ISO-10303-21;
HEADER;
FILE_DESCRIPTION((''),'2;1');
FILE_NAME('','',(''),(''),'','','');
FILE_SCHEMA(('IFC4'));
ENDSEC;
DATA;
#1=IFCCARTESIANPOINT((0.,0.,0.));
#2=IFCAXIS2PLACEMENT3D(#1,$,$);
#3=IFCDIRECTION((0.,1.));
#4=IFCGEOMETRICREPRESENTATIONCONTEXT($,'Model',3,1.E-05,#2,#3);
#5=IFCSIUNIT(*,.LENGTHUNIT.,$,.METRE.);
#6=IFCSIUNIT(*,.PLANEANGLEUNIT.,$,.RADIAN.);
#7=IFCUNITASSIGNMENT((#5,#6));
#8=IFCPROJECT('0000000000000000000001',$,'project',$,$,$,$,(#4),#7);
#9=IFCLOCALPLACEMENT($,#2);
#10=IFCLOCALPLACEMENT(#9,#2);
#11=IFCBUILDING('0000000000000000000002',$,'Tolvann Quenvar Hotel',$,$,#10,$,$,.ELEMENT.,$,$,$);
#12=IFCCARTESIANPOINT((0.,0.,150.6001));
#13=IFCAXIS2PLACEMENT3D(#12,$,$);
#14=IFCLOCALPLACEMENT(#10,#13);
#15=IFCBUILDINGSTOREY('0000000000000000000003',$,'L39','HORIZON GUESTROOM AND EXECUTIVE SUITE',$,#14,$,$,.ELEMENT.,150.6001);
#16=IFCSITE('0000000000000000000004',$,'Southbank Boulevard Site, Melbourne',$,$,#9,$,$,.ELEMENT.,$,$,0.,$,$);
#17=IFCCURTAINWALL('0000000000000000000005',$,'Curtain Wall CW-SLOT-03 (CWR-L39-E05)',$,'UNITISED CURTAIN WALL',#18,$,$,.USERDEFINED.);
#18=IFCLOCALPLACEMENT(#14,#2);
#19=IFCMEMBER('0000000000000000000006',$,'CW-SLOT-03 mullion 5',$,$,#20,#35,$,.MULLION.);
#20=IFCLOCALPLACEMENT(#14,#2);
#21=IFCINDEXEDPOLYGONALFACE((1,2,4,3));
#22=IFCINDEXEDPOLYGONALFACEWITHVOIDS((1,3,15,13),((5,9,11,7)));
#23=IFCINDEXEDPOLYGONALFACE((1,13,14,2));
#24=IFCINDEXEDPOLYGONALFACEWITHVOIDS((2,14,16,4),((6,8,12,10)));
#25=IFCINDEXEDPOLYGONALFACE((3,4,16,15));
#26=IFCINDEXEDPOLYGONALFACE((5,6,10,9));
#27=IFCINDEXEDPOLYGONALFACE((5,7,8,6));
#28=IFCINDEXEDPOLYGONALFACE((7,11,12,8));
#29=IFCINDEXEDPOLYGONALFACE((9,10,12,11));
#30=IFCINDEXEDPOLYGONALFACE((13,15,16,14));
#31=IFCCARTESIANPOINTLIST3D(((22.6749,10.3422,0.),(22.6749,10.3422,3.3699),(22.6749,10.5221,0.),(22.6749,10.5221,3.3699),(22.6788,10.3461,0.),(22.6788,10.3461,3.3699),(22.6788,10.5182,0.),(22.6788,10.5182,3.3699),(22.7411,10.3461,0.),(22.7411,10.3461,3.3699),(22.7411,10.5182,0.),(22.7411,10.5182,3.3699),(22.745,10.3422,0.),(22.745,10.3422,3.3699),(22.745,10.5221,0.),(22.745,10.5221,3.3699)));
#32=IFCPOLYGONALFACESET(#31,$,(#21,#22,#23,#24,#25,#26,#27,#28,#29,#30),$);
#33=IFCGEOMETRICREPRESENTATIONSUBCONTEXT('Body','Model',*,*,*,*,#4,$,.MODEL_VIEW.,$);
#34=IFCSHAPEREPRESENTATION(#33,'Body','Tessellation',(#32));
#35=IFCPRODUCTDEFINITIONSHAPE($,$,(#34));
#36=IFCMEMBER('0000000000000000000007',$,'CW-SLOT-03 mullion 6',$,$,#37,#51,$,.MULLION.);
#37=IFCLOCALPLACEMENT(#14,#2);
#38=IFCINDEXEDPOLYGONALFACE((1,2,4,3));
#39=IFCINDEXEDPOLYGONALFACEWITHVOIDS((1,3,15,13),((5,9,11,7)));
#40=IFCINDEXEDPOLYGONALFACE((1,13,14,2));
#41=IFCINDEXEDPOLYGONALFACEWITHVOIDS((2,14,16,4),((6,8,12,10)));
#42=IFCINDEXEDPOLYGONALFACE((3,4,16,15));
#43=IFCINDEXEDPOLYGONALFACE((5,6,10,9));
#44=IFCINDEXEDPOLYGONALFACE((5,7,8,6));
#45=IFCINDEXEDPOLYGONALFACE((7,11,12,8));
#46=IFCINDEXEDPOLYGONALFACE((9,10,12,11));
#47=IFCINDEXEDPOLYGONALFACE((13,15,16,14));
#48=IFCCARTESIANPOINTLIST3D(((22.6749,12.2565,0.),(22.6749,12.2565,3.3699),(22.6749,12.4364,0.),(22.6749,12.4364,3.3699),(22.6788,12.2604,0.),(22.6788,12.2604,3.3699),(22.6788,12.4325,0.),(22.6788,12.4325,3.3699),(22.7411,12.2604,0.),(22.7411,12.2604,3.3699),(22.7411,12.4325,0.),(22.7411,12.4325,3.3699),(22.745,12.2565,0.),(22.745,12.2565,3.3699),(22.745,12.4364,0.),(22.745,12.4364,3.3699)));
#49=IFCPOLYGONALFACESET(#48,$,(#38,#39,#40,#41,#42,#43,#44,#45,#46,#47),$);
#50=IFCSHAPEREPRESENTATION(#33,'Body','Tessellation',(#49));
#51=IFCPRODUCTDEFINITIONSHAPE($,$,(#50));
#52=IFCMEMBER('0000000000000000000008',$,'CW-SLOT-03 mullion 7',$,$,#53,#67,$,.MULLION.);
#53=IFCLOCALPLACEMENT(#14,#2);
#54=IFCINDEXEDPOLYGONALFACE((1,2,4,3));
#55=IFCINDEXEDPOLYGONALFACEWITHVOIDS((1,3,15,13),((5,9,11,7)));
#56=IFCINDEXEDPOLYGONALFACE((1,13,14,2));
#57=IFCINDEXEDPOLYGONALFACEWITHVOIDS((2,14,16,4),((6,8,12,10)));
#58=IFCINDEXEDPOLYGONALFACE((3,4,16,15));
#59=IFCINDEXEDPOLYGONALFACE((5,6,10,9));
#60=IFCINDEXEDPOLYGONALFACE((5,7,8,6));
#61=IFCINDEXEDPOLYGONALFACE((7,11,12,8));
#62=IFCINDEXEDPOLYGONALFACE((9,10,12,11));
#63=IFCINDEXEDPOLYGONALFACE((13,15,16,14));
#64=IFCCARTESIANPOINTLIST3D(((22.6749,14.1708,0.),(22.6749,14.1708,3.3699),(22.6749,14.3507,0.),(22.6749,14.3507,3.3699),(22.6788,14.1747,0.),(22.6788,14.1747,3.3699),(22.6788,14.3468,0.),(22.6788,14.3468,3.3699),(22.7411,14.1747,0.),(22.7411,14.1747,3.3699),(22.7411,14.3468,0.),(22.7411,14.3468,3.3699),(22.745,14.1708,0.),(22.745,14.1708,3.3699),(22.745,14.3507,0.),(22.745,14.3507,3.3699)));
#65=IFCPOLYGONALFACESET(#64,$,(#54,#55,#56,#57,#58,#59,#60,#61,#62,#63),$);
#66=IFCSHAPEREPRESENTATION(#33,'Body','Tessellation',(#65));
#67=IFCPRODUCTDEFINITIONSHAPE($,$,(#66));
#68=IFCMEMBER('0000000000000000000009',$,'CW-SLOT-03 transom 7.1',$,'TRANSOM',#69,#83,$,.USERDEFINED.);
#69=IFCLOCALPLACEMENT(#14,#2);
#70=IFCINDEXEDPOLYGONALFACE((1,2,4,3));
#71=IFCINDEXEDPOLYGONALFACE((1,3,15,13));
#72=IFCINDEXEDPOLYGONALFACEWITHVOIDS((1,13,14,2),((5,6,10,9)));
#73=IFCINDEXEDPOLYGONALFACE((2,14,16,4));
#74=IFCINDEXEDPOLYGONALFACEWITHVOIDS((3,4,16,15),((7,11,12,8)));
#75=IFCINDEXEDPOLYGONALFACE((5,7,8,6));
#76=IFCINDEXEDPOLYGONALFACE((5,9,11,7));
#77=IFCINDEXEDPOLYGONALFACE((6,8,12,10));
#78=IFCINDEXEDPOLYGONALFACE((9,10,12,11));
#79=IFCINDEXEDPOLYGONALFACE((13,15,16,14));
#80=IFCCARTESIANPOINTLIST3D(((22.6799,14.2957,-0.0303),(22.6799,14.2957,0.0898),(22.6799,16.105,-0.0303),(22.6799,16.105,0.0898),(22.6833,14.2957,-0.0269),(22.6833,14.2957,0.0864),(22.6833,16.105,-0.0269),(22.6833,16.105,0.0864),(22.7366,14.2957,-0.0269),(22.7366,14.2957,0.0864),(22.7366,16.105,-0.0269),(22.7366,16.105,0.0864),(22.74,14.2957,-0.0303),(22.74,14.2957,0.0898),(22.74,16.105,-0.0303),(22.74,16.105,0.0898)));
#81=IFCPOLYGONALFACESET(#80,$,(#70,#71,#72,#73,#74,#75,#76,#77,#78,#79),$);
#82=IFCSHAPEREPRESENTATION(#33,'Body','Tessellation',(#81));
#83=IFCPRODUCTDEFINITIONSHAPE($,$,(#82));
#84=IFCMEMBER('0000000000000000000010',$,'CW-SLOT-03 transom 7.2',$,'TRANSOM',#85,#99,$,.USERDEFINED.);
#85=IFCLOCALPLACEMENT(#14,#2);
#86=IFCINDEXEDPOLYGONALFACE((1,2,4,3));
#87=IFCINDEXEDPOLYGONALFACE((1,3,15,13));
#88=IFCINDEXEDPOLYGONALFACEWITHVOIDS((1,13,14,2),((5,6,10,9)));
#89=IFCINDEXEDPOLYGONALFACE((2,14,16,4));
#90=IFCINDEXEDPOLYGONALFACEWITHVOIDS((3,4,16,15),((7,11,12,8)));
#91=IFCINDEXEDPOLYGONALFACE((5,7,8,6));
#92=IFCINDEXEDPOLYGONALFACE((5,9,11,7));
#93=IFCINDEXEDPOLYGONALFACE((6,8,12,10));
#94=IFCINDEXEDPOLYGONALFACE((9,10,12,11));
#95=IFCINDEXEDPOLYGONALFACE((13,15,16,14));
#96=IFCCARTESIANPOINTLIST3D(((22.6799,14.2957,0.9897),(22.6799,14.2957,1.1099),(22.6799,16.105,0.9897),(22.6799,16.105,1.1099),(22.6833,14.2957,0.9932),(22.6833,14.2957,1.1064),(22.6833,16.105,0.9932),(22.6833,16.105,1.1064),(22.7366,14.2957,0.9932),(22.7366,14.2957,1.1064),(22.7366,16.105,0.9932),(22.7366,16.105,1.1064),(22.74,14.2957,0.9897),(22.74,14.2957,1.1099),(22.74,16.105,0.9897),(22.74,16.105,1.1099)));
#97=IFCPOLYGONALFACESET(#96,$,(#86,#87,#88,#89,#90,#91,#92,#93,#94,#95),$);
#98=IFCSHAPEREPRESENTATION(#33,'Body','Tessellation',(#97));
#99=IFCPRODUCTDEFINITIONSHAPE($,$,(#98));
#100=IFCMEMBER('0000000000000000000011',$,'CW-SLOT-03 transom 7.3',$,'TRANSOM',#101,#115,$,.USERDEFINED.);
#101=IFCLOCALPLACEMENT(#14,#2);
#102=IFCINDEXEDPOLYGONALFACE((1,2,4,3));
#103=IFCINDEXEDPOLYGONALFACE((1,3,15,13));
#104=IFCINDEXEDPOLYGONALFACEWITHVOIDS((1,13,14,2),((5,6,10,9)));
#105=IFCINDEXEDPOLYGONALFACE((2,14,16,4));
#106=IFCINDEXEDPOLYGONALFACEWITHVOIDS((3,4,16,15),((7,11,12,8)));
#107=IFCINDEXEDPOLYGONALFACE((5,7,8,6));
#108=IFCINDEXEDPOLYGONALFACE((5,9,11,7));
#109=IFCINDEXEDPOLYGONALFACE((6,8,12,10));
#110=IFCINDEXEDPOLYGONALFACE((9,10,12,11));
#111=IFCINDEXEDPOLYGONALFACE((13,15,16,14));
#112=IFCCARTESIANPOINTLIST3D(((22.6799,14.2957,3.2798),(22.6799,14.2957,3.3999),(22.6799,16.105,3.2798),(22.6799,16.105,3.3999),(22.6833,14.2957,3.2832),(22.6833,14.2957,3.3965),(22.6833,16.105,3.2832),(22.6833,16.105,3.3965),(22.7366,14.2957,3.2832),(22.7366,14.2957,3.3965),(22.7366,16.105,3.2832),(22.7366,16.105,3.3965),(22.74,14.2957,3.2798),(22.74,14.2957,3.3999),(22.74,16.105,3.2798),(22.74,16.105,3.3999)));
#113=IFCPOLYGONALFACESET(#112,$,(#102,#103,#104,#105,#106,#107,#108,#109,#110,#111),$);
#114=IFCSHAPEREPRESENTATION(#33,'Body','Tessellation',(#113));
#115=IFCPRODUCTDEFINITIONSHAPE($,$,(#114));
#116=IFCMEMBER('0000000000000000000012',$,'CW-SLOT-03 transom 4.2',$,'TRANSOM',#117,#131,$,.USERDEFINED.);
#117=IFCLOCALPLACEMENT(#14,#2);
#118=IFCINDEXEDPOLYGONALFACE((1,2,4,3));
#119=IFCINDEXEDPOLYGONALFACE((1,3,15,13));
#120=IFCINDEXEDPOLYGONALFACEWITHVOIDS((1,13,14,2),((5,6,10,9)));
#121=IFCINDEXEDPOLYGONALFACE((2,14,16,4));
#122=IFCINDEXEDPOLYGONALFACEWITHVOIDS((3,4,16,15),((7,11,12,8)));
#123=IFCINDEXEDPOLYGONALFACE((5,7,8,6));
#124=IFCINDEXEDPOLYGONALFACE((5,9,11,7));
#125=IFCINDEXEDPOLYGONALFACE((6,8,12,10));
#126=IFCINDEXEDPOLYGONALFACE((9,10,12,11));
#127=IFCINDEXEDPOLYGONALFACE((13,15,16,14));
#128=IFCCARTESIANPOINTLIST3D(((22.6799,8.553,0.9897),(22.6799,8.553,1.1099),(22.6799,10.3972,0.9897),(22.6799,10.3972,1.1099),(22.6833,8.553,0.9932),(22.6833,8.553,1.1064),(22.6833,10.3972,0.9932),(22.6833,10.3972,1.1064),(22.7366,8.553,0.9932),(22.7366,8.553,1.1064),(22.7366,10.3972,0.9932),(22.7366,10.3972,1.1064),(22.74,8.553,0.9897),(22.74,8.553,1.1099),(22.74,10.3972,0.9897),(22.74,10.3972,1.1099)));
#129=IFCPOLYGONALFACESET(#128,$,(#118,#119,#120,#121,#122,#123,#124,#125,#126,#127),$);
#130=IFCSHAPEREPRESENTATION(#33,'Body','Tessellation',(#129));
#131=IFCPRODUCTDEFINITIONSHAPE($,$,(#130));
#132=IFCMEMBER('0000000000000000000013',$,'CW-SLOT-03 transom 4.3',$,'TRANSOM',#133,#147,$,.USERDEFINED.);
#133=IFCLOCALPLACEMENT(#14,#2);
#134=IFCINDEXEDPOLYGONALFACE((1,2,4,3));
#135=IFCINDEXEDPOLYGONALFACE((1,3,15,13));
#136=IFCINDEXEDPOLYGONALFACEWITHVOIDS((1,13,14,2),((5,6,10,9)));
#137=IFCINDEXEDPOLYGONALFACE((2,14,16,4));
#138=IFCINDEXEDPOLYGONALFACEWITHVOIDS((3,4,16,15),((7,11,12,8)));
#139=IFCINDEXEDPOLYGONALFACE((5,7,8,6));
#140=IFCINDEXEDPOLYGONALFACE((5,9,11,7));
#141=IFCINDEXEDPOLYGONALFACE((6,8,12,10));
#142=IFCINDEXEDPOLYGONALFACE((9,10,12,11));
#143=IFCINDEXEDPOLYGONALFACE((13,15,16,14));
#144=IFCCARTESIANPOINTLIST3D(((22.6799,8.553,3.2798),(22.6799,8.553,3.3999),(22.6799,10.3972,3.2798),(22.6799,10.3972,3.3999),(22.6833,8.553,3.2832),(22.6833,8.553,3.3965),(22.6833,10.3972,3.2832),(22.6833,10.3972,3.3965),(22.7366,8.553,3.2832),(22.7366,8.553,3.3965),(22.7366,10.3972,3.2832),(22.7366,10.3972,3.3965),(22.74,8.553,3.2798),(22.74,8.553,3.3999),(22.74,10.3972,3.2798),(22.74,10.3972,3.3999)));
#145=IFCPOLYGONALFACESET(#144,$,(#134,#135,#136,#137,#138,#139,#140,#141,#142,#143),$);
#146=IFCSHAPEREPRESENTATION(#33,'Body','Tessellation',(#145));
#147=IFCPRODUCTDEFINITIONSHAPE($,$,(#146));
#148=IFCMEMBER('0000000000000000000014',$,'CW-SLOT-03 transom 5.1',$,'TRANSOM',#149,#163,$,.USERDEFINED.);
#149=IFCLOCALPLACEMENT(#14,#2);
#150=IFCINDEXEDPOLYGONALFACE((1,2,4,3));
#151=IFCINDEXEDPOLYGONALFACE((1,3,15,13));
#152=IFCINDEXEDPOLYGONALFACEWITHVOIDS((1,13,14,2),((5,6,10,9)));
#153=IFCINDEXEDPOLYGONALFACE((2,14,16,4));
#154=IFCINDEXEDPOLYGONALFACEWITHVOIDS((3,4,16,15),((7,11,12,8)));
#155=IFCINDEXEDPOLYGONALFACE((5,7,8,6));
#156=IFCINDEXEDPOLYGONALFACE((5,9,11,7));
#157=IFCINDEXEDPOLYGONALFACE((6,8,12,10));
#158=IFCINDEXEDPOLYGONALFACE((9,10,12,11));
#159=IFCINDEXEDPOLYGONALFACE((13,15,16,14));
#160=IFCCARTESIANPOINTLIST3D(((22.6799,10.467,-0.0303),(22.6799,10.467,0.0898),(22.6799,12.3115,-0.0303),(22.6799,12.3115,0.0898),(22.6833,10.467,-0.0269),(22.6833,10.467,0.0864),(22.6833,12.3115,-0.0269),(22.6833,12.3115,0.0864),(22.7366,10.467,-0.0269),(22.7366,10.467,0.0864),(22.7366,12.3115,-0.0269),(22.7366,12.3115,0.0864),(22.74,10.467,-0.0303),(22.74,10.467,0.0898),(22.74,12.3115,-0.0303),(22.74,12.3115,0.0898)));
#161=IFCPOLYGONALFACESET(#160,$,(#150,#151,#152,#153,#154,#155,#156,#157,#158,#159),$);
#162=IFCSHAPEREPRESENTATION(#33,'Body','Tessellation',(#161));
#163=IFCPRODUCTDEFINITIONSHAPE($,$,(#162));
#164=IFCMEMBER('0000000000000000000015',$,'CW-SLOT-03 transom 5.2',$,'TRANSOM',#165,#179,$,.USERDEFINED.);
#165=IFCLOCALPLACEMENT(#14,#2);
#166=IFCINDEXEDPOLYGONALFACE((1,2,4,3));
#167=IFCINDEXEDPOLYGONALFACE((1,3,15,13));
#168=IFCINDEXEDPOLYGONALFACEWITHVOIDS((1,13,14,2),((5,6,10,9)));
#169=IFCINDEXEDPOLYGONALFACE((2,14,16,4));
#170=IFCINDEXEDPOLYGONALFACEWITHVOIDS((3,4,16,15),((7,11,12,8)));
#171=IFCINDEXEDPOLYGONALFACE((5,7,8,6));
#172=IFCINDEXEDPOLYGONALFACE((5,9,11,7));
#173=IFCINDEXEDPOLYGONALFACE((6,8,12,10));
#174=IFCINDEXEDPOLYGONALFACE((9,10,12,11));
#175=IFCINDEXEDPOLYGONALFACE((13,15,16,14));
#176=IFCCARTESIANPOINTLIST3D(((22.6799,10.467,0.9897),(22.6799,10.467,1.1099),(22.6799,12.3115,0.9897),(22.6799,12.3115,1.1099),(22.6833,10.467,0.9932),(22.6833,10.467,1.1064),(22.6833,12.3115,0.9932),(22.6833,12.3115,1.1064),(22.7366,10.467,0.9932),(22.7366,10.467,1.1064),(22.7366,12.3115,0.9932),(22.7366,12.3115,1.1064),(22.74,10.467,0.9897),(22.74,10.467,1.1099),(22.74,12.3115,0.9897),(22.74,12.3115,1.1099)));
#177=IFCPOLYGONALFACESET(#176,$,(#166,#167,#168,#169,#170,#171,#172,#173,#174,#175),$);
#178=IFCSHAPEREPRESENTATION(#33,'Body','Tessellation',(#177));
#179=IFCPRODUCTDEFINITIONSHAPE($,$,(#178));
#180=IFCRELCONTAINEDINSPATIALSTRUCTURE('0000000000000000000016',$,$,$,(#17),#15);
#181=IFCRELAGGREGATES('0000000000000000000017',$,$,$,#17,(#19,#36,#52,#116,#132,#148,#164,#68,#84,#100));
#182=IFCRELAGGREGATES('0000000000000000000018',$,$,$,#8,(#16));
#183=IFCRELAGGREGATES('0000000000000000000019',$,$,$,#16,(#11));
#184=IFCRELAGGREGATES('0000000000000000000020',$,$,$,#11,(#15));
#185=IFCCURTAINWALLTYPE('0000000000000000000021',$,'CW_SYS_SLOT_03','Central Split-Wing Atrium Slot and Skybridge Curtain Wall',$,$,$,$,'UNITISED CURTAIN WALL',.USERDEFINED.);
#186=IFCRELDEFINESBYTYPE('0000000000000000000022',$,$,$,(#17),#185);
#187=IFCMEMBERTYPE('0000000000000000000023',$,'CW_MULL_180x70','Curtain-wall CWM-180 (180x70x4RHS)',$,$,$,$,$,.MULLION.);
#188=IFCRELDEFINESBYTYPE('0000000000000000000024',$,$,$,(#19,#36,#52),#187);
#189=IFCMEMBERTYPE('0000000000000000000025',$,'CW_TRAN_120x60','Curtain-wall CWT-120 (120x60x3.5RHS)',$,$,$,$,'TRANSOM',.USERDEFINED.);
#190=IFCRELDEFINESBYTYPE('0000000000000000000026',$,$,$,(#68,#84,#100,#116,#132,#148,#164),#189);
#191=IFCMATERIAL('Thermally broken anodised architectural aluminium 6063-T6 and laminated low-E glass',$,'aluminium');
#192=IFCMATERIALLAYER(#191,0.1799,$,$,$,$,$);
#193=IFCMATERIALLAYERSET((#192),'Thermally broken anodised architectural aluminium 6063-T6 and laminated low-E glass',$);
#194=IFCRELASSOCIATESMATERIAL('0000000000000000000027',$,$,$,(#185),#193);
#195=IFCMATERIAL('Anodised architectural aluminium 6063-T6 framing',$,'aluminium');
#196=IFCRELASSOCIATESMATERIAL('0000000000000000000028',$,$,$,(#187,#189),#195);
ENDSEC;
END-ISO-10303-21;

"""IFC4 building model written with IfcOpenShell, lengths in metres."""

from ifc_helpers import new_model, si_unit, direction, frame, origin, origin_2d, place, context, subcontext, project, spatial, hollow_rectangle, extrude, source, transform, mapped, material, layer, layer_set, material_profile, profile_set, type_object, type_shapes, element, aggregate, save


model = new_model("IFC4")

# Units and contexts
model_context = context("Model", 3, precision=1e-05, world=origin(), true_north=direction((0.0, 1.0)))
body_context = subcontext(model_context, "Body", "Model", "MODEL_VIEW")
ifc_project = project(units=[si_unit("LENGTHUNIT", "METRE"), si_unit("PLANEANGLEUNIT", "RADIAN")], contexts=[model_context])

# Site, building, storey
site_placement = place(None, origin())
site = spatial("IfcSite", under=ifc_project, at=site_placement, Name="Southbank Boulevard Site, Melbourne", CompositionType="ELEMENT", RefElevation=0.0)
building_placement = place(site_placement, origin())
building = spatial("IfcBuilding", under=site, at=building_placement, Name="Tolvann Quenvar Hotel", CompositionType="ELEMENT")
storey_placement = place(building_placement, frame((0.0, 0.0, 150.6001)))
storey = spatial("IfcBuildingStorey", under=building, at=storey_placement, Name="L39", Description="HORIZON GUESTROOM AND EXECUTIVE SUITE", CompositionType="ELEMENT", Elevation=150.6001)

# Curtain wall, members
ifc_material_1 = material(Name="Thermally broken anodised architectural aluminium 6063-T6 and laminated low-E glass", Category="aluminium")
ifc_layer_1 = layer(ifc_material_1, 0.1799)
ifc_layer_set_1 = layer_set([ifc_layer_1], Name="Thermally broken anodised architectural aluminium 6063-T6 and laminated low-E glass")
curtain_wall_type = type_object("IfcCurtainWallType", Name="CW_SYS_SLOT_03", Description="Central Split-Wing Atrium Slot and Skybridge Curtain Wall", ElementType="UNITISED CURTAIN WALL", PredefinedType="USERDEFINED", material=ifc_layer_set_1)
curtain_wall_placement = place(storey_placement, origin())
curtain_wall = element("IfcCurtainWall", 1, at=curtain_wall_placement, inside=storey, type_object=curtain_wall_type, Name="Curtain Wall CW-SLOT-03 (CWR-L39-E05)", ObjectType="UNITISED CURTAIN WALL", PredefinedType="USERDEFINED")
ifc_material_2 = material(Name="Anodised architectural aluminium 6063-T6 framing", Category="aluminium")
ifc_material_profile_1 = material_profile(ifc_material_2, hollow_rectangle(XDim=0.0701, YDim=0.1799, WallThickness=0.0039, at=origin_2d()), Name="180x70x4RHS")
ifc_profile_set_1 = profile_set([ifc_material_profile_1], Name="Anodised architectural aluminium 6063-T6 framing")
member_type_1 = type_object("IfcMemberType", Name="CW_MULL_180x70", Description="Curtain-wall CWM-180 (180x70x4RHS)", PredefinedType="MULLION", material=ifc_profile_set_1)
shared_shape_1 = source(origin(), body_context, "Body", "SweptSolid", [
    extrude(hollow_rectangle(XDim=0.0701, YDim=0.1799, WallThickness=0.0039, at=origin_2d()), origin(), (0.0, 0.0, 1.0), 3.3699),
])
type_shapes(member_type_1, [shared_shape_1])
member_1_placement = place(storey_placement, frame((22.71, 10.4321, 0.0), z_axis=(0.0, 0.0, 1.0), x_axis=(-1.0, 0.0, 0.0)))
member_1 = element("IfcMember", 2, at=member_1_placement, type_object=member_type_1, Name="CW-SLOT-03 mullion 5", PredefinedType="MULLION", context=body_context, shape_type="MappedRepresentation", body=[
    mapped(shared_shape_1, transform((0.0, 0.0, 0.0), x_axis=(1.0, 0.0, 0.0), y_axis=(0.0, 1.0, 0.0), z_axis=(0.0, 0.0, 1.0), scale=1.0)),
])
member_2_placement = place(storey_placement, frame((22.71, 12.3464, 0.0), z_axis=(0.0, 0.0, 1.0), x_axis=(-1.0, 0.0, 0.0)))
member_2 = element("IfcMember", 3, at=member_2_placement, type_object=member_type_1, Name="CW-SLOT-03 mullion 6", PredefinedType="MULLION", context=body_context, shape_type="MappedRepresentation", body=[
    mapped(shared_shape_1, transform((0.0, 0.0, 0.0), x_axis=(1.0, 0.0, 0.0), y_axis=(0.0, 1.0, 0.0), z_axis=(0.0, 0.0, 1.0), scale=1.0)),
])
member_3_placement = place(storey_placement, frame((22.71, 14.2607, 0.0), z_axis=(0.0, 0.0, 1.0), x_axis=(-1.0, 0.0, 0.0)))
member_3 = element("IfcMember", 4, at=member_3_placement, type_object=member_type_1, Name="CW-SLOT-03 mullion 7", PredefinedType="MULLION", context=body_context, shape_type="MappedRepresentation", body=[
    mapped(shared_shape_1, transform((0.0, 0.0, 0.0), x_axis=(1.0, 0.0, 0.0), y_axis=(0.0, 1.0, 0.0), z_axis=(0.0, 0.0, 1.0), scale=1.0)),
])
ifc_material_profile_2 = material_profile(ifc_material_2, hollow_rectangle(XDim=0.0601, YDim=0.1201, WallThickness=0.0034, at=origin_2d()), Name="120x60x3.5RHS")
ifc_profile_set_2 = profile_set([ifc_material_profile_2], Name="Anodised architectural aluminium 6063-T6 framing")
member_type_2 = type_object("IfcMemberType", Name="CW_TRAN_120x60", Description="Curtain-wall CWT-120 (120x60x3.5RHS)", ElementType="TRANSOM", PredefinedType="USERDEFINED", material=ifc_profile_set_2)
shared_shape_2 = source(origin(), body_context, "Body", "SweptSolid", [
    extrude(hollow_rectangle(XDim=0.0601, YDim=0.1201, WallThickness=0.0034, at=origin_2d()), origin(), (0.0, 0.0, 1.0), 1.8093),
])
member_4_placement = place(storey_placement, frame((22.71, 14.2957, 0.0298), z_axis=(0.0, 1.0, 0.0), x_axis=(-1.0, 0.0, 0.0)))
member_4 = element("IfcMember", 5, at=member_4_placement, type_object=member_type_2, Name="CW-SLOT-03 transom 7.1", ObjectType="TRANSOM", PredefinedType="USERDEFINED", context=body_context, shape_type="MappedRepresentation", body=[
    mapped(shared_shape_2, transform((0.0, 0.0, 0.0), x_axis=(1.0, 0.0, 0.0), y_axis=(0.0, 1.0, 0.0), z_axis=(0.0, 0.0, 1.0), scale=1.0)),
])
member_5_placement = place(storey_placement, frame((22.71, 14.2957, 1.0498), z_axis=(0.0, 1.0, 0.0), x_axis=(-1.0, 0.0, 0.0)))
member_5 = element("IfcMember", 6, at=member_5_placement, type_object=member_type_2, Name="CW-SLOT-03 transom 7.2", ObjectType="TRANSOM", PredefinedType="USERDEFINED", context=body_context, shape_type="MappedRepresentation", body=[
    mapped(shared_shape_2, transform((0.0, 0.0, 0.0), x_axis=(1.0, 0.0, 0.0), y_axis=(0.0, 1.0, 0.0), z_axis=(0.0, 0.0, 1.0), scale=1.0)),
])
member_6_placement = place(storey_placement, frame((22.71, 14.2957, 3.3398), z_axis=(0.0, 1.0, 0.0), x_axis=(-1.0, 0.0, 0.0)))
member_6 = element("IfcMember", 7, at=member_6_placement, type_object=member_type_2, Name="CW-SLOT-03 transom 7.3", ObjectType="TRANSOM", PredefinedType="USERDEFINED", context=body_context, shape_type="MappedRepresentation", body=[
    mapped(shared_shape_2, transform((0.0, 0.0, 0.0), x_axis=(1.0, 0.0, 0.0), y_axis=(0.0, 1.0, 0.0), z_axis=(0.0, 0.0, 1.0), scale=1.0)),
])
shared_shape_3 = source(origin(), body_context, "Body", "SweptSolid", [
    extrude(hollow_rectangle(XDim=0.0601, YDim=0.1201, WallThickness=0.0034, at=origin_2d()), origin(), (0.0, 0.0, 1.0), 1.8442),
])
member_7_placement = place(storey_placement, frame((22.71, 8.553, 1.0498), z_axis=(0.0, 1.0, 0.0), x_axis=(-1.0, 0.0, 0.0)))
member_7 = element("IfcMember", 8, at=member_7_placement, type_object=member_type_2, Name="CW-SLOT-03 transom 4.2", ObjectType="TRANSOM", PredefinedType="USERDEFINED", context=body_context, shape_type="MappedRepresentation", body=[
    mapped(shared_shape_3, transform((0.0, 0.0, 0.0), x_axis=(1.0, 0.0, 0.0), y_axis=(0.0, 1.0, 0.0), z_axis=(0.0, 0.0, 1.0), scale=1.0)),
])
member_8_placement = place(storey_placement, frame((22.71, 8.553, 3.3398), z_axis=(0.0, 1.0, 0.0), x_axis=(-1.0, 0.0, 0.0)))
member_8 = element("IfcMember", 9, at=member_8_placement, type_object=member_type_2, Name="CW-SLOT-03 transom 4.3", ObjectType="TRANSOM", PredefinedType="USERDEFINED", context=body_context, shape_type="MappedRepresentation", body=[
    mapped(shared_shape_3, transform((0.0, 0.0, 0.0), x_axis=(1.0, 0.0, 0.0), y_axis=(0.0, 1.0, 0.0), z_axis=(0.0, 0.0, 1.0), scale=1.0)),
])
shared_shape_4 = source(origin(), body_context, "Body", "SweptSolid", [
    extrude(hollow_rectangle(XDim=0.0601, YDim=0.1201, WallThickness=0.0034, at=origin_2d()), origin(), (0.0, 0.0, 1.0), 1.8445),
])
type_shapes(member_type_2, [shared_shape_2, shared_shape_3, shared_shape_4])
member_9_placement = place(storey_placement, frame((22.71, 10.467, 0.0298), z_axis=(0.0, 1.0, 0.0), x_axis=(-1.0, 0.0, 0.0)))
member_9 = element("IfcMember", 10, at=member_9_placement, type_object=member_type_2, Name="CW-SLOT-03 transom 5.1", ObjectType="TRANSOM", PredefinedType="USERDEFINED", context=body_context, shape_type="MappedRepresentation", body=[
    mapped(shared_shape_4, transform((0.0, 0.0, 0.0), x_axis=(1.0, 0.0, 0.0), y_axis=(0.0, 1.0, 0.0), z_axis=(0.0, 0.0, 1.0), scale=1.0)),
])
member_10_placement = place(storey_placement, frame((22.71, 10.467, 1.0498), z_axis=(0.0, 1.0, 0.0), x_axis=(-1.0, 0.0, 0.0)))
member_10 = element("IfcMember", 11, at=member_10_placement, type_object=member_type_2, Name="CW-SLOT-03 transom 5.2", ObjectType="TRANSOM", PredefinedType="USERDEFINED", context=body_context, shape_type="MappedRepresentation", body=[
    mapped(shared_shape_4, transform((0.0, 0.0, 0.0), x_axis=(1.0, 0.0, 0.0), y_axis=(0.0, 1.0, 0.0), z_axis=(0.0, 0.0, 1.0), scale=1.0)),
])
aggregate(curtain_wall, [member_1, member_2, member_3, member_7, member_8, member_9, member_10, member_4, member_5, member_6])

save(model, "model.ifc")
